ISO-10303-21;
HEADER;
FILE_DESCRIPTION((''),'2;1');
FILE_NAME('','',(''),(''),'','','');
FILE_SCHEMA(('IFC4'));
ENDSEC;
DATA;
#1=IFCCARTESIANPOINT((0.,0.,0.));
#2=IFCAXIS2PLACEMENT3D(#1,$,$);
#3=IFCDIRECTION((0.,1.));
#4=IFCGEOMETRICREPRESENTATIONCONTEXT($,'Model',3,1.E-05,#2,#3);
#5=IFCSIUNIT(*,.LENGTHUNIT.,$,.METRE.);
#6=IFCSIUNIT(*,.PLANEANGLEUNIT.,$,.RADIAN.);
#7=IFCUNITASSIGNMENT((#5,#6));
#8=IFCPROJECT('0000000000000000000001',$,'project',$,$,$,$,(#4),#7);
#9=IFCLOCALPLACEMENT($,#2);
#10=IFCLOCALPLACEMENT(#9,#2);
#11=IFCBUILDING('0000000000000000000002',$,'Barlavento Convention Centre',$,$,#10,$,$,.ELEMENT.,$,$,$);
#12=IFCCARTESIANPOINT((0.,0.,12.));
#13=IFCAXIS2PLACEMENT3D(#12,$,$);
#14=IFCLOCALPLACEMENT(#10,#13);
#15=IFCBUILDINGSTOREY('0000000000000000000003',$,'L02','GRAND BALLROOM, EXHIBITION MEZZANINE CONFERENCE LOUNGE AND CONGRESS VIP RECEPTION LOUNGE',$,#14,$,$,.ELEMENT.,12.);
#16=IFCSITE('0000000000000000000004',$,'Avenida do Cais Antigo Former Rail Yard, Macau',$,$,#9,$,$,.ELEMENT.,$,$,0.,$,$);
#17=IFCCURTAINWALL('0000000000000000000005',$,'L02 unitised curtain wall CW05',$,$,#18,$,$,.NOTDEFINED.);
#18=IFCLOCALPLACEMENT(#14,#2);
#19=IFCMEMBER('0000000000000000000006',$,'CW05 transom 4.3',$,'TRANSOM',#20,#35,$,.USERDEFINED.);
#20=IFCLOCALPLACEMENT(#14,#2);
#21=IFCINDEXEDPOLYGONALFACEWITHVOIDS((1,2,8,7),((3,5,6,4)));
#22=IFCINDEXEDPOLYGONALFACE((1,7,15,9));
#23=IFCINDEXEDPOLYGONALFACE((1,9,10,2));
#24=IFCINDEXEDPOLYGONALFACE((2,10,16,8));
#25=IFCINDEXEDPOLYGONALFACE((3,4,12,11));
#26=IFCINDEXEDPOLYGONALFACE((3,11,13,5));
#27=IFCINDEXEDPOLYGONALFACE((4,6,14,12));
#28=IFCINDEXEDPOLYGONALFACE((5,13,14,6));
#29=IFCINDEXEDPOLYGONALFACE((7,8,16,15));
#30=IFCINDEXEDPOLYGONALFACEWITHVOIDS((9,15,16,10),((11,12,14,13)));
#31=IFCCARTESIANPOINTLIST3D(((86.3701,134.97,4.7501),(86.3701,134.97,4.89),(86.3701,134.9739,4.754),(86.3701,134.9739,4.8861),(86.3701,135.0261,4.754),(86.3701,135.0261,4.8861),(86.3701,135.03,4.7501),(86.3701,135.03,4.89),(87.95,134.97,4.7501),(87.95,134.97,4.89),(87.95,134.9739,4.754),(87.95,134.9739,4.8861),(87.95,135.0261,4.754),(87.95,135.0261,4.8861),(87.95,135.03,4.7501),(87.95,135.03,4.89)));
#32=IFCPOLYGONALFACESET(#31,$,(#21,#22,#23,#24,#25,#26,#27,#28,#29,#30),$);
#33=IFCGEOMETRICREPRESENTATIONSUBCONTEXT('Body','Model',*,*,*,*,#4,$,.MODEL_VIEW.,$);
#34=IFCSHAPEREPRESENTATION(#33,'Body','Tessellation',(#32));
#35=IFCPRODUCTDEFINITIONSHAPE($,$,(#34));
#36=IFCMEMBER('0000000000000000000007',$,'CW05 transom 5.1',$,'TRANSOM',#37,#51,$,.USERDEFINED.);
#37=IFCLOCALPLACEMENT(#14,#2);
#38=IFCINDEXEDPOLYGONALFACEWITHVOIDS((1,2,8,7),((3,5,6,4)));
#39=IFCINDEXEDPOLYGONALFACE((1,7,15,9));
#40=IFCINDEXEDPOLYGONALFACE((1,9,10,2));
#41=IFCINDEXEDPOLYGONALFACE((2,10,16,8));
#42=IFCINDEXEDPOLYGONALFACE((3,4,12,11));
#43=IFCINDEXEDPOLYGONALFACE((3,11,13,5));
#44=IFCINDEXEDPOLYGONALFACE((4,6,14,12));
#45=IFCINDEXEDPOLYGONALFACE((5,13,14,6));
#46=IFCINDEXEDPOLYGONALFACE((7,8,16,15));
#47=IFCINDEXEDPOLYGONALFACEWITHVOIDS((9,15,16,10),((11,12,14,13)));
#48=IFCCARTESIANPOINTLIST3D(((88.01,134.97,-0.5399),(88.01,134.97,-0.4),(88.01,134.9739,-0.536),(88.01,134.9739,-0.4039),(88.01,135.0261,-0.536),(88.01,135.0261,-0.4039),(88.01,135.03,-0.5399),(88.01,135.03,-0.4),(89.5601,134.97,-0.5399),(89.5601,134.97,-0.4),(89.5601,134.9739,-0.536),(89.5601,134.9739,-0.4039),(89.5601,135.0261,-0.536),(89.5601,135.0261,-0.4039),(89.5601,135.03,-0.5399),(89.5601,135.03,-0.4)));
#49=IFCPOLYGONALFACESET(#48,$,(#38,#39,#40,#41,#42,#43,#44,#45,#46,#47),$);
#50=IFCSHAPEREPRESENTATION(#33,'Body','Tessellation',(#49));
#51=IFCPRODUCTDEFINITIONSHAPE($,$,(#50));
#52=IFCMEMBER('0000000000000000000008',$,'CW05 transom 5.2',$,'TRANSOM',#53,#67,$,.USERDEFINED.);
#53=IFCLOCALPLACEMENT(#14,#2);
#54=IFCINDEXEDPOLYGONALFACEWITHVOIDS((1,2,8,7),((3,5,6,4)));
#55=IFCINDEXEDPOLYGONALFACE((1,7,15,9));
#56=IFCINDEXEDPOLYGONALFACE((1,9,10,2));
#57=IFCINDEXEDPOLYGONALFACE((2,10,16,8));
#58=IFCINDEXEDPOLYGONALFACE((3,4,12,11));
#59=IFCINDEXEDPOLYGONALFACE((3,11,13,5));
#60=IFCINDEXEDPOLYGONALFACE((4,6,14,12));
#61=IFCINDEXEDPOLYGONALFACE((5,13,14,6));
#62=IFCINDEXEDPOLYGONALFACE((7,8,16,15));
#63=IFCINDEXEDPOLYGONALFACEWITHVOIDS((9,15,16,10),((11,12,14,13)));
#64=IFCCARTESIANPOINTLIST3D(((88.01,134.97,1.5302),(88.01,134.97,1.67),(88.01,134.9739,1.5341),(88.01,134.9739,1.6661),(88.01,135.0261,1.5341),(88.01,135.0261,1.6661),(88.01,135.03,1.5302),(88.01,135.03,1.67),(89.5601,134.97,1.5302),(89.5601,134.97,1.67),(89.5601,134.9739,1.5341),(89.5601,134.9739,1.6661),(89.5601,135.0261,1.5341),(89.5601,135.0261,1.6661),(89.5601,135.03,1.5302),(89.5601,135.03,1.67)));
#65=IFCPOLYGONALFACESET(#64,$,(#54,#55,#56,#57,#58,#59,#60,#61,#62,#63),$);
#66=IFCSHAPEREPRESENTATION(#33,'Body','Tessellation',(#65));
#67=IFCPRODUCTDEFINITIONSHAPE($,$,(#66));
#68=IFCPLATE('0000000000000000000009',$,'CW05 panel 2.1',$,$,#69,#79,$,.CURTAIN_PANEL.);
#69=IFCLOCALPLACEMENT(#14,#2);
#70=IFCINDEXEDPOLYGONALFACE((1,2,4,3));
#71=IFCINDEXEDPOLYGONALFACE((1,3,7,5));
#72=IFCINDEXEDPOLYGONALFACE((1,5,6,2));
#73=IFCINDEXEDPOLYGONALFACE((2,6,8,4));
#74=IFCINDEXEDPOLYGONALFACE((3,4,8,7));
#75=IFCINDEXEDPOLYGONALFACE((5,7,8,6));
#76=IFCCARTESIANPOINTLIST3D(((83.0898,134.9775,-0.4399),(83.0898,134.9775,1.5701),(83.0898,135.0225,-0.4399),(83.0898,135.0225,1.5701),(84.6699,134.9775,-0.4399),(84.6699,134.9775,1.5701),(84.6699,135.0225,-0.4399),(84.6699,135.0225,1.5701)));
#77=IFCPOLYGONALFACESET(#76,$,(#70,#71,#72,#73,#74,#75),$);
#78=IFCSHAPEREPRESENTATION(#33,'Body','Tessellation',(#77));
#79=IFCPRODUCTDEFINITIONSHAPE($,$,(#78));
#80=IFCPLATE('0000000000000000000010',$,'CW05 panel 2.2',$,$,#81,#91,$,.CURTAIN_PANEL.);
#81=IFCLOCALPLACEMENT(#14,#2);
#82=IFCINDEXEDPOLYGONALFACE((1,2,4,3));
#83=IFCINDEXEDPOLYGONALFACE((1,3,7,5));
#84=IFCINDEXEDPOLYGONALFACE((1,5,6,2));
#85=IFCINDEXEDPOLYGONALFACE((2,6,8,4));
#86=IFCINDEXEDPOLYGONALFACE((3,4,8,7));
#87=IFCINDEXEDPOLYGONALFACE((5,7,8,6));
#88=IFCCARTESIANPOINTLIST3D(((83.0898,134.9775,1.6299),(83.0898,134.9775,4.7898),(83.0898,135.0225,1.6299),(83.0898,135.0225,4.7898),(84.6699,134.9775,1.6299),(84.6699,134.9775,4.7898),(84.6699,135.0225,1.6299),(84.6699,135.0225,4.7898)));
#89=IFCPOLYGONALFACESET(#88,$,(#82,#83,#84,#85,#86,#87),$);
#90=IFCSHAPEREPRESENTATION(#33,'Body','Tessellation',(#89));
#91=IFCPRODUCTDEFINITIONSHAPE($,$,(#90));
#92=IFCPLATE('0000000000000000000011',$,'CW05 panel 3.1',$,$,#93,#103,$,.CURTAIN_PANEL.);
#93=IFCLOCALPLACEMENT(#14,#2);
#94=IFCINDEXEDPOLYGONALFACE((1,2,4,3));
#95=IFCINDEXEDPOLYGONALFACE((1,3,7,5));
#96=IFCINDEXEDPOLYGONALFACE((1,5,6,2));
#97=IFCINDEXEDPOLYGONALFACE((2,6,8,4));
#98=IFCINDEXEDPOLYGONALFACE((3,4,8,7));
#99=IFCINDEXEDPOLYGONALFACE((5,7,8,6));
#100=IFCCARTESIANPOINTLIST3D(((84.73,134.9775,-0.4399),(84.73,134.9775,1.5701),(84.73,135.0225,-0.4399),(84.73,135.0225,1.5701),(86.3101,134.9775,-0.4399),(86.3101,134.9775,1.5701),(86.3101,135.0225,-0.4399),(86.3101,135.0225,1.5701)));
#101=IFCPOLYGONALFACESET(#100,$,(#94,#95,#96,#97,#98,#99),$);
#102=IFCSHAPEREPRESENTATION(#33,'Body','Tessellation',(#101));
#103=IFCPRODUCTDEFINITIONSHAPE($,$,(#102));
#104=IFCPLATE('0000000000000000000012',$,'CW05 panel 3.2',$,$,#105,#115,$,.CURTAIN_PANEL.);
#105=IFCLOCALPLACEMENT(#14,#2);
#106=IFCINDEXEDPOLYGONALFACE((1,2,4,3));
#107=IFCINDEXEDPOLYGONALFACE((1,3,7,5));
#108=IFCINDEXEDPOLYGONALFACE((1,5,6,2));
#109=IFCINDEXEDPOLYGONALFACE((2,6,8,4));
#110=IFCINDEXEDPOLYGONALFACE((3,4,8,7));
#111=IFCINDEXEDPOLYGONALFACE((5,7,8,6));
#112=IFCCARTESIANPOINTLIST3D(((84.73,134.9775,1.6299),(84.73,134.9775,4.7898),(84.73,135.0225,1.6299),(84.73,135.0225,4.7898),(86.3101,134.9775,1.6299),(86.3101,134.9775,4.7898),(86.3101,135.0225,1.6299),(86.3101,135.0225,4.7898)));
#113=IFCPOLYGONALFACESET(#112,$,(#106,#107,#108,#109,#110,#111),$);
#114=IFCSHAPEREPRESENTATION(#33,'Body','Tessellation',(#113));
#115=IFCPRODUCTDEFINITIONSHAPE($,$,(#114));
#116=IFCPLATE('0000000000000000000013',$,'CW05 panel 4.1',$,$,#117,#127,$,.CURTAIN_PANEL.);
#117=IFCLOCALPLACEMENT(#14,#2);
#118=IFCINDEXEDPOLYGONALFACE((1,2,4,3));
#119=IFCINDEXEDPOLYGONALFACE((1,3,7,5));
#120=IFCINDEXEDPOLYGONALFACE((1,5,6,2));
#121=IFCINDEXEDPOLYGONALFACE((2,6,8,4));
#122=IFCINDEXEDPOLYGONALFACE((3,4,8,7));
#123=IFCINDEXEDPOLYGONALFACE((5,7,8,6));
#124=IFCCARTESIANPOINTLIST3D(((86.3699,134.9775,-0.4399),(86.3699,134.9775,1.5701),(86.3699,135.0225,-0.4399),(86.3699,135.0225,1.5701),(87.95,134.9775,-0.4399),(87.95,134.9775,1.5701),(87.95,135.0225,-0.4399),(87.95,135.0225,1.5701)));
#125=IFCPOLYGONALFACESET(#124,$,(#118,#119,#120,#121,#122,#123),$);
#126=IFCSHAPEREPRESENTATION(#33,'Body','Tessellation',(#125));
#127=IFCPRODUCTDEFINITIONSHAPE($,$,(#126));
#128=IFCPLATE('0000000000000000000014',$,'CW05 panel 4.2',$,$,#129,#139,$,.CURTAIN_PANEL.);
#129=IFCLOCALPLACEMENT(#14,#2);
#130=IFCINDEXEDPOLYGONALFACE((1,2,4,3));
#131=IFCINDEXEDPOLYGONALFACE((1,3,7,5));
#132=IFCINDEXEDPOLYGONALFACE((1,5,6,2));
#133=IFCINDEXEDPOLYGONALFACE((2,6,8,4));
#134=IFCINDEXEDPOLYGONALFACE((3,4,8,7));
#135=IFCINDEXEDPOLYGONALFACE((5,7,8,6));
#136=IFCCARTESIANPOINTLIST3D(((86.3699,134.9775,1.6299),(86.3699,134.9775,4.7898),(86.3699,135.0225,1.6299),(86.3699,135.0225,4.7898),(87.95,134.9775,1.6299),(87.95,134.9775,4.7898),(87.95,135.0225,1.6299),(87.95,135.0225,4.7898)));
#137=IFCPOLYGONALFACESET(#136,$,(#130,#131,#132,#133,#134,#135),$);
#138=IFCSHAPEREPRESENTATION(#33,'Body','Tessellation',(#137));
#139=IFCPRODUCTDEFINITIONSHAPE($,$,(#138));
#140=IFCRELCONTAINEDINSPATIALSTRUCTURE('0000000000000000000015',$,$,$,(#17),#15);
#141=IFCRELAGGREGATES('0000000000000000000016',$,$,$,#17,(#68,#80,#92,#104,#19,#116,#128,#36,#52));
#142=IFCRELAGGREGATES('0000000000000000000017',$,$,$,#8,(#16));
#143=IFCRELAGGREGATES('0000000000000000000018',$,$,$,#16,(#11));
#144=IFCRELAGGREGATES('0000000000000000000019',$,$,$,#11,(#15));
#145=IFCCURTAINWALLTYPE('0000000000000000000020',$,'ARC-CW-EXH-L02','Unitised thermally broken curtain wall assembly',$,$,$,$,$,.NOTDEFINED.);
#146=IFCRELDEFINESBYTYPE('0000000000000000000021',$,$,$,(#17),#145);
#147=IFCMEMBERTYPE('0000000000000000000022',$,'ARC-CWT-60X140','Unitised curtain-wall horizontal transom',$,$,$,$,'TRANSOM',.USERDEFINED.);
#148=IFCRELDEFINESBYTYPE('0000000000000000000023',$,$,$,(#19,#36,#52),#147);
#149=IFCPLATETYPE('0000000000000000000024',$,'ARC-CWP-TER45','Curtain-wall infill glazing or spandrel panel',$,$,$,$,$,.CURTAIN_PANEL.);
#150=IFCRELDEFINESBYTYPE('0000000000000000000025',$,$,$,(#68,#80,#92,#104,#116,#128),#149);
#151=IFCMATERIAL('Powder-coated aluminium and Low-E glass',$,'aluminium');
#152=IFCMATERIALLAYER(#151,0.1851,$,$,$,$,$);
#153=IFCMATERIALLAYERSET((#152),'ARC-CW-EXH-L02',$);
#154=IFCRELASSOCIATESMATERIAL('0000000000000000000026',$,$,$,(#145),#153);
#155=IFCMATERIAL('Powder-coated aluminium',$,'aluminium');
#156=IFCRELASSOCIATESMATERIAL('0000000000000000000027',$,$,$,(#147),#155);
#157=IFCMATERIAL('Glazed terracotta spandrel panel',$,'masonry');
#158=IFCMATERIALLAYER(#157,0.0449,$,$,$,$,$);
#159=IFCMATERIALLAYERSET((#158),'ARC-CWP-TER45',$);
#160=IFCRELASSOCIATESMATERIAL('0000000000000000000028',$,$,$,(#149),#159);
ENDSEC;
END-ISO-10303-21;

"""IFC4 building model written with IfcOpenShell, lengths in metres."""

from ifc_helpers import new_model, si_unit, direction, frame, origin, origin_2d, place, context, subcontext, project, spatial, rectangle, hollow_rectangle, extrude, material, layer, layer_set, material_profile, profile_set, type_object, element, aggregate, save


model = new_model("IFC4")

# Units and contexts
model_context = context("Model", 3, precision=1e-05, world=origin(), true_north=direction((0.0, 1.0)))
body_context = subcontext(model_context, "Body", "Model", "MODEL_VIEW")
ifc_project = project(units=[si_unit("LENGTHUNIT", "METRE"), si_unit("PLANEANGLEUNIT", "RADIAN")], contexts=[model_context])

# Site, building, storey
site_placement = place(None, origin())
site = spatial("IfcSite", under=ifc_project, at=site_placement, Name="Avenida do Cais Antigo Former Rail Yard, Macau", CompositionType="ELEMENT", RefElevation=0.0)
building_placement = place(site_placement, origin())
building = spatial("IfcBuilding", under=site, at=building_placement, Name="Barlavento Convention Centre", CompositionType="ELEMENT")
storey_placement = place(building_placement, frame((0.0, 0.0, 12.0)))
storey = spatial("IfcBuildingStorey", under=building, at=storey_placement, Name="L02", Description="GRAND BALLROOM, EXHIBITION MEZZANINE CONFERENCE LOUNGE AND CONGRESS VIP RECEPTION LOUNGE", CompositionType="ELEMENT", Elevation=12.0)

# Curtain wall, members, plates
ifc_material_1 = material(Name="Powder-coated aluminium and Low-E glass", Category="aluminium")
ifc_layer_1 = layer(ifc_material_1, 0.1851)
ifc_layer_set_1 = layer_set([ifc_layer_1], Name="ARC-CW-EXH-L02")
curtain_wall_type = type_object("IfcCurtainWallType", Name="ARC-CW-EXH-L02", Description="Unitised thermally broken curtain wall assembly", PredefinedType="NOTDEFINED", material=ifc_layer_set_1)
curtain_wall_placement = place(storey_placement, origin())
curtain_wall = element("IfcCurtainWall", 1, at=curtain_wall_placement, inside=storey, type_object=curtain_wall_type, Name="L02 unitised curtain wall CW05", PredefinedType="NOTDEFINED")
ifc_material_2 = material(Name="Powder-coated aluminium", Category="aluminium")
ifc_material_profile_1 = material_profile(ifc_material_2, hollow_rectangle(XDim=0.0601, YDim=0.1399, WallThickness=0.0039, at=origin_2d()), Name="AL-TRAN 60x140x4")
ifc_profile_set_1 = profile_set([ifc_material_profile_1], Name="Powder-coated aluminium")
member_type_1 = type_object("IfcMemberType", Name="ARC-CWT-60X140", Description="Unitised curtain-wall horizontal transom", ElementType="TRANSOM", PredefinedType="USERDEFINED", material=ifc_profile_set_1)
member_1_placement = place(storey_placement, frame((86.3701, 135.0, 4.8201), z_axis=(1.0, 0.0, 0.0), x_axis=(0.0, 1.0, 0.0)))
member_1 = element("IfcMember", 2, at=member_1_placement, type_object=member_type_1, Name="CW05 transom 4.3", ObjectType="TRANSOM", PredefinedType="USERDEFINED", context=body_context, shape_type="SweptSolid", body=[
    extrude(hollow_rectangle(XDim=0.0601, YDim=0.1399, WallThickness=0.0039, at=origin_2d()), origin(), (0.0, 0.0, 1.0), 1.5798),
])
member_2_placement = place(storey_placement, frame((88.01, 135.0, -0.47), z_axis=(1.0, 0.0, 0.0), x_axis=(0.0, 1.0, 0.0)))
member_2 = element("IfcMember", 3, at=member_2_placement, type_object=member_type_1, Name="CW05 transom 5.1", ObjectType="TRANSOM", PredefinedType="USERDEFINED", context=body_context, shape_type="SweptSolid", body=[
    extrude(hollow_rectangle(XDim=0.0601, YDim=0.1399, WallThickness=0.0039, at=origin_2d()), origin(), (0.0, 0.0, 1.0), 1.55),
])
member_3_placement = place(storey_placement, frame((88.01, 135.0, 1.6001), z_axis=(1.0, 0.0, 0.0), x_axis=(0.0, 1.0, 0.0)))
member_3 = element("IfcMember", 4, at=member_3_placement, type_object=member_type_1, Name="CW05 transom 5.2", ObjectType="TRANSOM", PredefinedType="USERDEFINED", context=body_context, shape_type="SweptSolid", body=[
    extrude(hollow_rectangle(XDim=0.0601, YDim=0.1399, WallThickness=0.0039, at=origin_2d()), origin(), (0.0, 0.0, 1.0), 1.55),
])
ifc_material_3 = material(Name="Glazed terracotta spandrel panel", Category="masonry")
ifc_layer_2 = layer(ifc_material_3, 0.0449)
ifc_layer_set_2 = layer_set([ifc_layer_2], Name="ARC-CWP-TER45")
plate_type = type_object("IfcPlateType", Name="ARC-CWP-TER45", Description="Curtain-wall infill glazing or spandrel panel", PredefinedType="CURTAIN_PANEL", material=ifc_layer_set_2)
plate_1_placement = place(storey_placement, frame((83.8799, 135.0, -0.4399), z_axis=(0.0, 0.0, 1.0), x_axis=(1.0, 0.0, 0.0)))
plate_1 = element("IfcPlate", 5, at=plate_1_placement, type_object=plate_type, Name="CW05 panel 2.1", PredefinedType="CURTAIN_PANEL", context=body_context, shape_type="SweptSolid", body=[
    extrude(rectangle(XDim=1.5801, YDim=0.0449, at=origin_2d()), origin(), (0.0, 0.0, 1.0), 2.01),
])
plate_2_placement = place(storey_placement, frame((83.8799, 135.0, 1.6299), z_axis=(0.0, 0.0, 1.0), x_axis=(1.0, 0.0, 0.0)))
plate_2 = element("IfcPlate", 6, at=plate_2_placement, type_object=plate_type, Name="CW05 panel 2.2", PredefinedType="CURTAIN_PANEL", context=body_context, shape_type="SweptSolid", body=[
    extrude(rectangle(XDim=1.5801, YDim=0.0449, at=origin_2d()), origin(), (0.0, 0.0, 1.0), 3.1599),
])
plate_3_placement = place(storey_placement, frame((85.52, 135.0, -0.4399), z_axis=(0.0, 0.0, 1.0), x_axis=(1.0, 0.0, 0.0)))
plate_3 = element("IfcPlate", 7, at=plate_3_placement, type_object=plate_type, Name="CW05 panel 3.1", PredefinedType="CURTAIN_PANEL", context=body_context, shape_type="SweptSolid", body=[
    extrude(rectangle(XDim=1.5801, YDim=0.0449, at=origin_2d()), origin(), (0.0, 0.0, 1.0), 2.01),
])
plate_4_placement = place(storey_placement, frame((85.52, 135.0, 1.6299), z_axis=(0.0, 0.0, 1.0), x_axis=(1.0, 0.0, 0.0)))
plate_4 = element("IfcPlate", 8, at=plate_4_placement, type_object=plate_type, Name="CW05 panel 3.2", PredefinedType="CURTAIN_PANEL", context=body_context, shape_type="SweptSolid", body=[
    extrude(rectangle(XDim=1.5801, YDim=0.0449, at=origin_2d()), origin(), (0.0, 0.0, 1.0), 3.1599),
])
plate_5_placement = place(storey_placement, frame((87.1599, 135.0, -0.4399), z_axis=(0.0, 0.0, 1.0), x_axis=(1.0, 0.0, 0.0)))
plate_5 = element("IfcPlate", 9, at=plate_5_placement, type_object=plate_type, Name="CW05 panel 4.1", PredefinedType="CURTAIN_PANEL", context=body_context, shape_type="SweptSolid", body=[
    extrude(rectangle(XDim=1.5801, YDim=0.0449, at=origin_2d()), origin(), (0.0, 0.0, 1.0), 2.01),
])
plate_6_placement = place(storey_placement, frame((87.1599, 135.0, 1.6299), z_axis=(0.0, 0.0, 1.0), x_axis=(1.0, 0.0, 0.0)))
plate_6 = element("IfcPlate", 10, at=plate_6_placement, type_object=plate_type, Name="CW05 panel 4.2", PredefinedType="CURTAIN_PANEL", context=body_context, shape_type="SweptSolid", body=[
    extrude(rectangle(XDim=1.5801, YDim=0.0449, at=origin_2d()), origin(), (0.0, 0.0, 1.0), 3.1599),
])
aggregate(curtain_wall, [plate_1, plate_2, plate_3, plate_4, member_1, plate_5, plate_6, member_2, member_3])

save(model, "model.ifc")
